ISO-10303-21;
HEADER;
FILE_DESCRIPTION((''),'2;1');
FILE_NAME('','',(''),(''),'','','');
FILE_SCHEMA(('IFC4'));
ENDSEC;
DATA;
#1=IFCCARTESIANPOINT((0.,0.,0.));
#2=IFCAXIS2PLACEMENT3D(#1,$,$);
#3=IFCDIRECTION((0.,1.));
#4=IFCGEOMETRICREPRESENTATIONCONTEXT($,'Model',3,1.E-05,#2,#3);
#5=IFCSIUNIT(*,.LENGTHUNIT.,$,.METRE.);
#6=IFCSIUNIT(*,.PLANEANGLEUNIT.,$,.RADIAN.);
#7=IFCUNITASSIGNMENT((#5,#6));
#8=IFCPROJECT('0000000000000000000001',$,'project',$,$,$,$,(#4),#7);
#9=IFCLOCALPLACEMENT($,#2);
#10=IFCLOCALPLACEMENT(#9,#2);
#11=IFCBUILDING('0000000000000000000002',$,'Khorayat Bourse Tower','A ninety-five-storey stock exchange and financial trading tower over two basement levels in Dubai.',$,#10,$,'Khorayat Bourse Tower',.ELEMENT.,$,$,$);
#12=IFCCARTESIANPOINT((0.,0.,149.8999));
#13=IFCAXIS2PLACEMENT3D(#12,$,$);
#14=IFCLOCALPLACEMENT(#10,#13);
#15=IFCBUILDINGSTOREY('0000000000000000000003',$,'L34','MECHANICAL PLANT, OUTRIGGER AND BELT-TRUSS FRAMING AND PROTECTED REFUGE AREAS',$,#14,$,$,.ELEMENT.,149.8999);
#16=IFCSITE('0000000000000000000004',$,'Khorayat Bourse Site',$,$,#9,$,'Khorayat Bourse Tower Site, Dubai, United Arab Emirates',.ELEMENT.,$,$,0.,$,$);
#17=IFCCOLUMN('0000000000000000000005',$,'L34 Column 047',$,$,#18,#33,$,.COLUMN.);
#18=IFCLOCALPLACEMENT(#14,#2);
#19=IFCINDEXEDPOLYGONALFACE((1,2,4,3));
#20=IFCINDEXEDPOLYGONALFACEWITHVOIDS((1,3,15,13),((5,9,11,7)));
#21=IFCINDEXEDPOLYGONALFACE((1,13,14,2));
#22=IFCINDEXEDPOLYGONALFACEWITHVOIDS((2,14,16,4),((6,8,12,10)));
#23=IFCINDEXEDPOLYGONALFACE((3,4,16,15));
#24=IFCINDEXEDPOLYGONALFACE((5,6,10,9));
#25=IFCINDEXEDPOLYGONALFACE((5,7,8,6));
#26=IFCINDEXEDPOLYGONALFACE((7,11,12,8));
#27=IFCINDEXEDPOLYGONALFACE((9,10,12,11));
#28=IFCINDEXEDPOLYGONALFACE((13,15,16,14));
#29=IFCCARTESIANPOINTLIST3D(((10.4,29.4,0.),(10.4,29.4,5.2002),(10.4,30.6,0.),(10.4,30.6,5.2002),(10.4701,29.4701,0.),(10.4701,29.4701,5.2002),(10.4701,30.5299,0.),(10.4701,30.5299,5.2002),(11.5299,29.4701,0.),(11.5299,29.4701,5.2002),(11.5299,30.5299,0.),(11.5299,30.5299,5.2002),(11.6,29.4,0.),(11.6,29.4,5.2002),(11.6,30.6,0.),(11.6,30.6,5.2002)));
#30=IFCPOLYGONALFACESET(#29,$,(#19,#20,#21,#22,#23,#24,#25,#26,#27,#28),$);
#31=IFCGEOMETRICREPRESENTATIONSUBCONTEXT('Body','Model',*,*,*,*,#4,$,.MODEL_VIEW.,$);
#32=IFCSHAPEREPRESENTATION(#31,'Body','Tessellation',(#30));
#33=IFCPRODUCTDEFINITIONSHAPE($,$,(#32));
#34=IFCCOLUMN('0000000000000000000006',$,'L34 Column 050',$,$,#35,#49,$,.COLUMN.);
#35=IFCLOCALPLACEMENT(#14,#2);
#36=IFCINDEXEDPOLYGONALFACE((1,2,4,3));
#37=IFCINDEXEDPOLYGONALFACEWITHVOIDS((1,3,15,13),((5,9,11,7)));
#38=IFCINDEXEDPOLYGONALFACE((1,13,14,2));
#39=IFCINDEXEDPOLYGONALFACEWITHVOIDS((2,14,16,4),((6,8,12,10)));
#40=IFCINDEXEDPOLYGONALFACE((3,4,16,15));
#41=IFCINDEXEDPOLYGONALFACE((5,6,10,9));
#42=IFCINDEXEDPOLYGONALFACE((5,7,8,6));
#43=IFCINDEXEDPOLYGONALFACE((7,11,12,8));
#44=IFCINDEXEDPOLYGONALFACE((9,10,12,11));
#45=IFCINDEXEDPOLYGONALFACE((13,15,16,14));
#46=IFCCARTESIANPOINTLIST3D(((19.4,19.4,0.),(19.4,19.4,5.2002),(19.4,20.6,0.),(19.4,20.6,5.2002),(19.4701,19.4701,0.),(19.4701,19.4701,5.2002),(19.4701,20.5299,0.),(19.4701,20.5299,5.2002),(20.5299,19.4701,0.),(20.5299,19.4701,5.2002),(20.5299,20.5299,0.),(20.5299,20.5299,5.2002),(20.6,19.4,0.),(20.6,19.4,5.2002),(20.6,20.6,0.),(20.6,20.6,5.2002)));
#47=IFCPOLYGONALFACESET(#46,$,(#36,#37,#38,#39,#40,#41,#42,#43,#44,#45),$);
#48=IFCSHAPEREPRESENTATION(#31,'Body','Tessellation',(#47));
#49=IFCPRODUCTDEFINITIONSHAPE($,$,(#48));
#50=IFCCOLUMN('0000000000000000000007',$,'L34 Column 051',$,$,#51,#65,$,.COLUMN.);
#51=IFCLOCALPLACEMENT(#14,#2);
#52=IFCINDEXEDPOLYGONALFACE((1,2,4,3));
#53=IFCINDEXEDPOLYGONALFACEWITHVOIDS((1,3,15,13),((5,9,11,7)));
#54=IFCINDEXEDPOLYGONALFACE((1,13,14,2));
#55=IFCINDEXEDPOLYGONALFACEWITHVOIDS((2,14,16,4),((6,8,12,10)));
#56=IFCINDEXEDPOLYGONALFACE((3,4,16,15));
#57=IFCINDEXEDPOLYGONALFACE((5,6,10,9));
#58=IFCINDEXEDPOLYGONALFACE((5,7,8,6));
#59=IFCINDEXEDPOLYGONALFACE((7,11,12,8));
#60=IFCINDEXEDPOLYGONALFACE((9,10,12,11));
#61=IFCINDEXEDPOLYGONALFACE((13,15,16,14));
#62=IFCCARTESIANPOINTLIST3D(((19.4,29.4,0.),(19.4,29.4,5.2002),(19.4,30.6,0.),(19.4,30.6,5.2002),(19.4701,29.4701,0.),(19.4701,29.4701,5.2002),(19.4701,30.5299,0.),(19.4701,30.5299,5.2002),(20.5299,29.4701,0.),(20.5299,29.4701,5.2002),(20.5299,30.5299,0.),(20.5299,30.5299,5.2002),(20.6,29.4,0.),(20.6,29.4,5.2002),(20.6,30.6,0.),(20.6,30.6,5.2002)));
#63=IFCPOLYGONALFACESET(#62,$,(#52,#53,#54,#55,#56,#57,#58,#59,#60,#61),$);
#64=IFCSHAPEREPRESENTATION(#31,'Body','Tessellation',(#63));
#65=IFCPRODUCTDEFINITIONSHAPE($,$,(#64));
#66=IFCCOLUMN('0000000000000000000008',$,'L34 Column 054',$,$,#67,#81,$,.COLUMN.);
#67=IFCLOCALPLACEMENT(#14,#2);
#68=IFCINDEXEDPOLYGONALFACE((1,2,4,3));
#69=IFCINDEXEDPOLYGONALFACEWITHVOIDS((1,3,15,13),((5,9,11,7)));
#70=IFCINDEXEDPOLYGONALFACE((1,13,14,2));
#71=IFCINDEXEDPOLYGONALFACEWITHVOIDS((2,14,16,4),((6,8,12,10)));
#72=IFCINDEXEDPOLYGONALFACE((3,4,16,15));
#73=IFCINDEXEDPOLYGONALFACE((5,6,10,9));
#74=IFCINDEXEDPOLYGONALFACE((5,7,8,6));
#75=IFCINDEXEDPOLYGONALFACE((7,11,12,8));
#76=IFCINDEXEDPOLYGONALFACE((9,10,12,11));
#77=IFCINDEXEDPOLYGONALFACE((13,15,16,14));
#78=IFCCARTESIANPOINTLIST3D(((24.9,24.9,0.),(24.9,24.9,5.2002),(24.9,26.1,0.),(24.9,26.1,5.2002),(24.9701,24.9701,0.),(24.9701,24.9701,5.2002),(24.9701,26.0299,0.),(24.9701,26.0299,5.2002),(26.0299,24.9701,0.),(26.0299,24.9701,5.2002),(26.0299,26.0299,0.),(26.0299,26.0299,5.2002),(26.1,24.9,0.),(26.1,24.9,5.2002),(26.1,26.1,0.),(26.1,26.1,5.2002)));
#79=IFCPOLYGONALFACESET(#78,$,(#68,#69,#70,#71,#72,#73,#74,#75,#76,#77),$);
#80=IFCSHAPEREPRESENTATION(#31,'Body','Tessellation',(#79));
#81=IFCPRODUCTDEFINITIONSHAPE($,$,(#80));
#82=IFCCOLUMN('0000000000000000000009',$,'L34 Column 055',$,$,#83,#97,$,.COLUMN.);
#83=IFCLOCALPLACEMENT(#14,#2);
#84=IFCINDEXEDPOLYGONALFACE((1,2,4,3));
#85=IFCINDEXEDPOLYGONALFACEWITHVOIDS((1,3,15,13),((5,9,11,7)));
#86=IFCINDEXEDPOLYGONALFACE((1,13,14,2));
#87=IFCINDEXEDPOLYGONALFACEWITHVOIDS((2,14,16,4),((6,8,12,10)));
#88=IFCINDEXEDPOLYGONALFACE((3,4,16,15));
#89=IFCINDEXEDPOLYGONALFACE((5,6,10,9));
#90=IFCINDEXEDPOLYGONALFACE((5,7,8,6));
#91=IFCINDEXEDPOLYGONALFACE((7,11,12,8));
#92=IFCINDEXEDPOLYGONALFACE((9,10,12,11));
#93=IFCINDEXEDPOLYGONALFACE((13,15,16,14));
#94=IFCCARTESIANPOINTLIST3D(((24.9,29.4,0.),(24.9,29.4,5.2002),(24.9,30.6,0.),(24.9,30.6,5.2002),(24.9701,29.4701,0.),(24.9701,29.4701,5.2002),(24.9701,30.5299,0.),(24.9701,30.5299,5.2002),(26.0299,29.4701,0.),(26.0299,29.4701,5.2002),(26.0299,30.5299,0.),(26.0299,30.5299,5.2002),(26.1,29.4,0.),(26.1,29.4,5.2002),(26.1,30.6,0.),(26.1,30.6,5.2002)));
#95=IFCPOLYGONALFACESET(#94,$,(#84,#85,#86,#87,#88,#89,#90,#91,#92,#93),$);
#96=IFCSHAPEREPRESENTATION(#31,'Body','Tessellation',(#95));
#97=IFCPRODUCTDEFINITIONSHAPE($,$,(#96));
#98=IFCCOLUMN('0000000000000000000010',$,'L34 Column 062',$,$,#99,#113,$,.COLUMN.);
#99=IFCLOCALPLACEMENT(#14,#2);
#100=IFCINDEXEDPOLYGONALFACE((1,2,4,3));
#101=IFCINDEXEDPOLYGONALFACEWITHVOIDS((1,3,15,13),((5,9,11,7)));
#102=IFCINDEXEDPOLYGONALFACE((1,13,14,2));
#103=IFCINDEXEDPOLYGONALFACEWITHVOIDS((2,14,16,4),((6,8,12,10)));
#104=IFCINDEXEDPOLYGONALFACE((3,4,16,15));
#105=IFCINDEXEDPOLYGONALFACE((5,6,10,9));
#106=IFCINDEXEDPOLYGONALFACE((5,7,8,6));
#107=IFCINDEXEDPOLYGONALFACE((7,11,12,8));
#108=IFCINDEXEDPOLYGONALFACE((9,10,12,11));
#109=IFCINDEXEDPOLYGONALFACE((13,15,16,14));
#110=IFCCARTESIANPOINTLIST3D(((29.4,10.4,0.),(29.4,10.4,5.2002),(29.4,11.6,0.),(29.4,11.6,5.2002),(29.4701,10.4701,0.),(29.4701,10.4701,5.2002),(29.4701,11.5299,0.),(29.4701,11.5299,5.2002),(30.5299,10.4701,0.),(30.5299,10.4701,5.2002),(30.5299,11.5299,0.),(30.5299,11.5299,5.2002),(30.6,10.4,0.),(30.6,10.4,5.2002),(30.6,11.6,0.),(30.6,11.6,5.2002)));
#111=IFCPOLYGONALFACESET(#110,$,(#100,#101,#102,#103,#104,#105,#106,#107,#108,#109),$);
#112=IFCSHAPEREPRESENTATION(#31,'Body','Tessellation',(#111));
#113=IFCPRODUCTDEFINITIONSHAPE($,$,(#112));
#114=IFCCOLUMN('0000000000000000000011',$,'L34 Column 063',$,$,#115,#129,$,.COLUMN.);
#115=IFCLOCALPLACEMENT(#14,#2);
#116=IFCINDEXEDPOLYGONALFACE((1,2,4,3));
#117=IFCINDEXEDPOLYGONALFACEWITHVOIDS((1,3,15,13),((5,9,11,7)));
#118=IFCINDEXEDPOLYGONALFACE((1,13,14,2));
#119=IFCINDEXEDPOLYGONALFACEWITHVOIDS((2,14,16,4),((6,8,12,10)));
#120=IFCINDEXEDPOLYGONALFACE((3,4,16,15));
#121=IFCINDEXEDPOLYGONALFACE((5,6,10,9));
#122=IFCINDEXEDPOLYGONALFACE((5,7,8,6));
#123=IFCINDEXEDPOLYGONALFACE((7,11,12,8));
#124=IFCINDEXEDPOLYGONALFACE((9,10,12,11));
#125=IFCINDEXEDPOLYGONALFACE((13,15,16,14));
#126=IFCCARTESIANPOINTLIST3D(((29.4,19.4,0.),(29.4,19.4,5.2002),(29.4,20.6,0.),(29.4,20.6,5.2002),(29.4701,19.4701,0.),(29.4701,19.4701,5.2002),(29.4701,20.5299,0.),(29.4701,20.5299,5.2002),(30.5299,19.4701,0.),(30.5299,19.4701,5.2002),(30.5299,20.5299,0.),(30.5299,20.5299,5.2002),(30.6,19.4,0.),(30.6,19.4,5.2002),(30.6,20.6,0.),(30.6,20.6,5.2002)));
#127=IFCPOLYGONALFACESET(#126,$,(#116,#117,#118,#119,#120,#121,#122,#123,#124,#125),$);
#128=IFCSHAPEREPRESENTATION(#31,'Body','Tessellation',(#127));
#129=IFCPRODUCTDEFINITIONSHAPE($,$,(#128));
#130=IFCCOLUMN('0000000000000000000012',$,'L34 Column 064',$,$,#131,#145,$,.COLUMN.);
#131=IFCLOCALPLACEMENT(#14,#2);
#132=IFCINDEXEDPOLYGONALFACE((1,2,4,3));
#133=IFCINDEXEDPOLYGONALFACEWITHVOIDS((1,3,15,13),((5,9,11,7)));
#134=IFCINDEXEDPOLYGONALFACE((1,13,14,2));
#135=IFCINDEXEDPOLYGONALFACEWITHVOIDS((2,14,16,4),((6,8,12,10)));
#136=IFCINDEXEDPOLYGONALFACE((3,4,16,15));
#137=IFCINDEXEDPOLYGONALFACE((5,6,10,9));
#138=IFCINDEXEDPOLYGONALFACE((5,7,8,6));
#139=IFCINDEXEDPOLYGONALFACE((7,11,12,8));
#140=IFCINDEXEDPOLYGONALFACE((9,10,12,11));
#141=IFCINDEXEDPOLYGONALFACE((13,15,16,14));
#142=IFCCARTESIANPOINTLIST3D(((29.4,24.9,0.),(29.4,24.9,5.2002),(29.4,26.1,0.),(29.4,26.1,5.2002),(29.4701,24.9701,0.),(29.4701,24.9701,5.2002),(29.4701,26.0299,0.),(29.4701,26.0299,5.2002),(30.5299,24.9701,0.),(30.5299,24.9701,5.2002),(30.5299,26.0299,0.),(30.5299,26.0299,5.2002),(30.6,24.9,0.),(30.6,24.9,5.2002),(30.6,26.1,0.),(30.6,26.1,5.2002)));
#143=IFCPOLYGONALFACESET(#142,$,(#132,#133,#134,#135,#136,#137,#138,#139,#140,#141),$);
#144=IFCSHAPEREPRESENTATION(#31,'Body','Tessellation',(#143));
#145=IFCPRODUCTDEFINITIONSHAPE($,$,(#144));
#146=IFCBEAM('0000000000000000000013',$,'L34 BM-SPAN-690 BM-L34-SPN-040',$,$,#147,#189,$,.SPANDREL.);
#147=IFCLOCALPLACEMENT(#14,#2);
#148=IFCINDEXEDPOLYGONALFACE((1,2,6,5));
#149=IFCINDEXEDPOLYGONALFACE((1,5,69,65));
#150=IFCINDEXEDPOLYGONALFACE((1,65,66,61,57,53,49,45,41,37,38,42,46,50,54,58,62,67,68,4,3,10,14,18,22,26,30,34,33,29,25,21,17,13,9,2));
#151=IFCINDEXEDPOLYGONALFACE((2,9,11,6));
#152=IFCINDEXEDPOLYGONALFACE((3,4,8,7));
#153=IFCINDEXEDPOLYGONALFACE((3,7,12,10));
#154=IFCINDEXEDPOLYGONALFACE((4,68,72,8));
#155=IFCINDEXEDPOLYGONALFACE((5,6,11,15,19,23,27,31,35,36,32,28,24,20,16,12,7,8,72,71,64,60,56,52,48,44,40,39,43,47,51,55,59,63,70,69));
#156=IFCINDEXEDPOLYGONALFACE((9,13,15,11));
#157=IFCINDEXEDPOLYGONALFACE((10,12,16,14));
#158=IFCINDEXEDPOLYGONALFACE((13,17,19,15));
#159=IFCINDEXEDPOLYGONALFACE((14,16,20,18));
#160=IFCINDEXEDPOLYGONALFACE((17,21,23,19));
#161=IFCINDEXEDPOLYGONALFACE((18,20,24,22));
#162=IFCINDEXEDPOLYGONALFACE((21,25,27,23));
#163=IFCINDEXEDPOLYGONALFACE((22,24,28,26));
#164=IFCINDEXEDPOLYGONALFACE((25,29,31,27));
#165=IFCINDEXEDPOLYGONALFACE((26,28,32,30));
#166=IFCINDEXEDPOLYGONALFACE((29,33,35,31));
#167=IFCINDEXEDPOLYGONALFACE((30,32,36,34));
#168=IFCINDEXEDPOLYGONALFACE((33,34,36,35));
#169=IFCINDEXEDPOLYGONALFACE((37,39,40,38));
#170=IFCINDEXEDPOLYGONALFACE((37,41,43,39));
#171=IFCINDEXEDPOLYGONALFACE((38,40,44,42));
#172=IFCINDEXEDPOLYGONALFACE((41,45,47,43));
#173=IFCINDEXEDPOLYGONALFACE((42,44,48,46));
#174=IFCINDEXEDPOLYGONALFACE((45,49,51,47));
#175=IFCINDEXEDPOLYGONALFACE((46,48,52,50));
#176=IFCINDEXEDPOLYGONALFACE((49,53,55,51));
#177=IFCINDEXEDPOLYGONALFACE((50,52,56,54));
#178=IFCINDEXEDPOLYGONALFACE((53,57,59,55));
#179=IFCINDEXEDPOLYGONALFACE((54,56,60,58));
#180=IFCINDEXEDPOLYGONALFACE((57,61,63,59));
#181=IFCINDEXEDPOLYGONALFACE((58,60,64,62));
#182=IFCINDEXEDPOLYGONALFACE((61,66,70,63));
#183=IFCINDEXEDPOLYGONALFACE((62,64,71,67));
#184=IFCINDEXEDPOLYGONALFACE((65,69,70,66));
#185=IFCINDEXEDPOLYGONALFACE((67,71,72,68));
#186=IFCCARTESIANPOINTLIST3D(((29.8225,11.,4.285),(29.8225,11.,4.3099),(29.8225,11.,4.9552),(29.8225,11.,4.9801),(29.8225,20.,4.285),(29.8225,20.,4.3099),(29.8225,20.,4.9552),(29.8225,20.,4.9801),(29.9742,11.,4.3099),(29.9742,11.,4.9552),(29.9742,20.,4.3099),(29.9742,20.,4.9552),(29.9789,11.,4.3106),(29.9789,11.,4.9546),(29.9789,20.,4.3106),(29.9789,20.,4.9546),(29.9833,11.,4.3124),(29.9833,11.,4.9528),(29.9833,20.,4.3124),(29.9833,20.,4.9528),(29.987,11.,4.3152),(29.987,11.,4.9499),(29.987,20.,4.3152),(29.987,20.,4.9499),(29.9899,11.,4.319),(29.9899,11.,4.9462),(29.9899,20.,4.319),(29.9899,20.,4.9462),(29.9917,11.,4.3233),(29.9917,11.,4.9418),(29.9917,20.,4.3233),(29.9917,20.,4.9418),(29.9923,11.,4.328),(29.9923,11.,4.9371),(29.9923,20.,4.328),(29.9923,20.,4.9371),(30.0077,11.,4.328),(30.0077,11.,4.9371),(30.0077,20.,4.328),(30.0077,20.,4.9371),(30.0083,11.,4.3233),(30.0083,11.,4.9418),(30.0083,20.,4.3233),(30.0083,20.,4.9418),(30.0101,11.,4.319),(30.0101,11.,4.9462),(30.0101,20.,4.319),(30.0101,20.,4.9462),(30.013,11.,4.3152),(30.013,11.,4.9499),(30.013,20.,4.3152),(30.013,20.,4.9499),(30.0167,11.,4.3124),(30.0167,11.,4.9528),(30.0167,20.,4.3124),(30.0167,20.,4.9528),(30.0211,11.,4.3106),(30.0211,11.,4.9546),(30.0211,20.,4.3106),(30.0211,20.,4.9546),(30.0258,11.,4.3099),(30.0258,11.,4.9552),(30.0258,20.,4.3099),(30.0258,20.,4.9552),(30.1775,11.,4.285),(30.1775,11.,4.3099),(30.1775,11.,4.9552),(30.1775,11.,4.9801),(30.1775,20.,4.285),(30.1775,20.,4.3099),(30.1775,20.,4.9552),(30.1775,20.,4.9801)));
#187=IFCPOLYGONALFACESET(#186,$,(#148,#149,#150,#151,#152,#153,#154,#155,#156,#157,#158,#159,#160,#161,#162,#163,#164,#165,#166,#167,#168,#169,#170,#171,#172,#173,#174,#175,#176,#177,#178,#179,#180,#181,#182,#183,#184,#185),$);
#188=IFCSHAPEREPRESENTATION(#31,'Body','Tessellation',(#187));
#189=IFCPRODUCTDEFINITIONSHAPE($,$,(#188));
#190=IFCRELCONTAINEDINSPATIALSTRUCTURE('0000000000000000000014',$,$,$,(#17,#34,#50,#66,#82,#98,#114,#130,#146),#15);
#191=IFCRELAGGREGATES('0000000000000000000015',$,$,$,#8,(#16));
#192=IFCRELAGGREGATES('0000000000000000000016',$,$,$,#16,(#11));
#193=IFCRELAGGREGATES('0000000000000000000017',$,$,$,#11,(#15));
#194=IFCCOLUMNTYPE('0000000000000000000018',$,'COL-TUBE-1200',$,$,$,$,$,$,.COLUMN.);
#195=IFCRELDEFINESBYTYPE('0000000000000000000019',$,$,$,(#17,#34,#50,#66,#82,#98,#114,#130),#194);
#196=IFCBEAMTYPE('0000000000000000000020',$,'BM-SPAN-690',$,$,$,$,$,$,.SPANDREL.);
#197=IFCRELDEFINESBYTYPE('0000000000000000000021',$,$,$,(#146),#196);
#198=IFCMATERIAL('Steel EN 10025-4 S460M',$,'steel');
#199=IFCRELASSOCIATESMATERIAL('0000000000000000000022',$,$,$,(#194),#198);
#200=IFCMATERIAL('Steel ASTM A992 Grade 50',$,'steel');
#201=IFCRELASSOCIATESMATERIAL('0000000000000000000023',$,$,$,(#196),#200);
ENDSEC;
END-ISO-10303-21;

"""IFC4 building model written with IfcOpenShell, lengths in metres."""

from ifc_helpers import new_model, si_unit, direction, frame, origin, origin_2d, place, context, subcontext, project, spatial, hollow_rectangle, i_section, extrude, source, transform, mapped, material, material_profile, profile_set, type_object, element, save


model = new_model("IFC4")

# Units and contexts
model_context = context("Model", 3, precision=1e-05, world=origin(), true_north=direction((0.0, 1.0)))
body_context = subcontext(model_context, "Body", "Model", "MODEL_VIEW")
ifc_project = project(units=[si_unit("LENGTHUNIT", "METRE"), si_unit("PLANEANGLEUNIT", "RADIAN")], contexts=[model_context])

# Site, building, storey
site_placement = place(None, origin())
site = spatial("IfcSite", under=ifc_project, at=site_placement, Name="Khorayat Bourse Site", LongName="Khorayat Bourse Tower Site, Dubai, United Arab Emirates", CompositionType="ELEMENT", RefElevation=0.0)
building_placement = place(site_placement, origin())
building = spatial("IfcBuilding", under=site, at=building_placement, Name="Khorayat Bourse Tower", Description="A ninety-five-storey stock exchange and financial trading tower over two basement levels in Dubai.", LongName="Khorayat Bourse Tower", CompositionType="ELEMENT")
storey_placement = place(building_placement, frame((0.0, 0.0, 149.8999)))
storey = spatial("IfcBuildingStorey", under=building, at=storey_placement, Name="L34", Description="MECHANICAL PLANT, OUTRIGGER AND BELT-TRUSS FRAMING AND PROTECTED REFUGE AREAS", CompositionType="ELEMENT", Elevation=149.8999)

# Columns
ifc_material_1 = material(Name="Steel EN 10025-4 S460M", Category="steel")
ifc_material_profile_1 = material_profile(ifc_material_1, hollow_rectangle(XDim=1.2, YDim=1.2, WallThickness=0.0701, at=origin_2d()), Name="BOX 1200x1200x70")
ifc_profile_set_1 = profile_set([ifc_material_profile_1], Name="Steel EN 10025-4 S460M")
column_type = type_object("IfcColumnType", Name="COL-TUBE-1200", PredefinedType="COLUMN", material=ifc_profile_set_1)
shared_shape_1 = source(origin(), body_context, "Body", "SweptSolid", [
    extrude(hollow_rectangle(XDim=1.2, YDim=1.2, WallThickness=0.0701, at=origin_2d()), origin(), (0.0, 0.0, 1.0), 5.2002),
])
for number, where, z_axis, x_axis, name in (
    (1, (11.0, 30.0, 0.0), (0.0, 0.0, 1.0), (1.0, 0.0, 0.0), "L34 Column 047"),
    (2, (20.0, 20.0, 0.0), (0.0, 0.0, 1.0), (1.0, 0.0, 0.0), "L34 Column 050"),
    (3, (20.0, 30.0, 0.0), (0.0, 0.0, 1.0), (1.0, 0.0, 0.0), "L34 Column 051"),
    (4, (25.5, 25.5, 0.0), (0.0, 0.0, 1.0), (1.0, 0.0, 0.0), "L34 Column 054"),
    (5, (25.5, 30.0, 0.0), (0.0, 0.0, 1.0), (1.0, 0.0, 0.0), "L34 Column 055"),
    (6, (30.0, 11.0, 0.0), (0.0, 0.0, 1.0), (1.0, 0.0, 0.0), "L34 Column 062"),
    (7, (30.0, 20.0, 0.0), (0.0, 0.0, 1.0), (1.0, 0.0, 0.0), "L34 Column 063"),
    (8, (30.0, 25.5, 0.0), (0.0, 0.0, 1.0), (1.0, 0.0, 0.0), "L34 Column 064"),
):
    element("IfcColumn", number, at=place(storey_placement, frame(where, z_axis=z_axis, x_axis=x_axis)), inside=storey, type_object=column_type, Name=name, PredefinedType="COLUMN", context=body_context, shape_type="MappedRepresentation", body=[
        mapped(shared_shape_1, transform((0.0, 0.0, 0.0), scale=1.0)),
    ])

# Beam
ifc_material_2 = material(Name="Steel ASTM A992 Grade 50", Category="steel")
ifc_material_profile_2 = material_profile(ifc_material_2, i_section(OverallWidth=0.355, OverallDepth=0.6951, WebThickness=0.0154, FlangeThickness=0.0249, FilletRadius=0.0181, at=origin_2d()), Name="W690X217")
ifc_profile_set_2 = profile_set([ifc_material_profile_2], Name="Steel ASTM A992 Grade 50")
beam_type_1 = type_object("IfcBeamType", Name="BM-SPAN-690", PredefinedType="SPANDREL", material=ifc_profile_set_2)
shared_shape_2 = source(origin(), body_context, "Body", "SweptSolid", [
    extrude(i_section(OverallWidth=0.355, OverallDepth=0.6951, WebThickness=0.0154, FlangeThickness=0.0249, FilletRadius=0.0181, at=origin_2d()), origin(), (0.0, 0.0, 1.0), 9.0),
])
for number, where, z_axis, x_axis, name in (
    (9, (30.0, 11.0, 4.6326), (0.0, 1.0, 0.0), (-1.0, 0.0, 0.0), "L34 BM-SPAN-690 BM-L34-SPN-040"),
):
    element("IfcBeam", number, at=place(storey_placement, frame(where, z_axis=z_axis, x_axis=x_axis)), inside=storey, type_object=beam_type_1, Name=name, PredefinedType="SPANDREL", context=body_context, shape_type="MappedRepresentation", body=[
        mapped(shared_shape_2, transform((0.0, 0.0, 0.0), scale=1.0)),
    ])

save(model, "model.ifc")
